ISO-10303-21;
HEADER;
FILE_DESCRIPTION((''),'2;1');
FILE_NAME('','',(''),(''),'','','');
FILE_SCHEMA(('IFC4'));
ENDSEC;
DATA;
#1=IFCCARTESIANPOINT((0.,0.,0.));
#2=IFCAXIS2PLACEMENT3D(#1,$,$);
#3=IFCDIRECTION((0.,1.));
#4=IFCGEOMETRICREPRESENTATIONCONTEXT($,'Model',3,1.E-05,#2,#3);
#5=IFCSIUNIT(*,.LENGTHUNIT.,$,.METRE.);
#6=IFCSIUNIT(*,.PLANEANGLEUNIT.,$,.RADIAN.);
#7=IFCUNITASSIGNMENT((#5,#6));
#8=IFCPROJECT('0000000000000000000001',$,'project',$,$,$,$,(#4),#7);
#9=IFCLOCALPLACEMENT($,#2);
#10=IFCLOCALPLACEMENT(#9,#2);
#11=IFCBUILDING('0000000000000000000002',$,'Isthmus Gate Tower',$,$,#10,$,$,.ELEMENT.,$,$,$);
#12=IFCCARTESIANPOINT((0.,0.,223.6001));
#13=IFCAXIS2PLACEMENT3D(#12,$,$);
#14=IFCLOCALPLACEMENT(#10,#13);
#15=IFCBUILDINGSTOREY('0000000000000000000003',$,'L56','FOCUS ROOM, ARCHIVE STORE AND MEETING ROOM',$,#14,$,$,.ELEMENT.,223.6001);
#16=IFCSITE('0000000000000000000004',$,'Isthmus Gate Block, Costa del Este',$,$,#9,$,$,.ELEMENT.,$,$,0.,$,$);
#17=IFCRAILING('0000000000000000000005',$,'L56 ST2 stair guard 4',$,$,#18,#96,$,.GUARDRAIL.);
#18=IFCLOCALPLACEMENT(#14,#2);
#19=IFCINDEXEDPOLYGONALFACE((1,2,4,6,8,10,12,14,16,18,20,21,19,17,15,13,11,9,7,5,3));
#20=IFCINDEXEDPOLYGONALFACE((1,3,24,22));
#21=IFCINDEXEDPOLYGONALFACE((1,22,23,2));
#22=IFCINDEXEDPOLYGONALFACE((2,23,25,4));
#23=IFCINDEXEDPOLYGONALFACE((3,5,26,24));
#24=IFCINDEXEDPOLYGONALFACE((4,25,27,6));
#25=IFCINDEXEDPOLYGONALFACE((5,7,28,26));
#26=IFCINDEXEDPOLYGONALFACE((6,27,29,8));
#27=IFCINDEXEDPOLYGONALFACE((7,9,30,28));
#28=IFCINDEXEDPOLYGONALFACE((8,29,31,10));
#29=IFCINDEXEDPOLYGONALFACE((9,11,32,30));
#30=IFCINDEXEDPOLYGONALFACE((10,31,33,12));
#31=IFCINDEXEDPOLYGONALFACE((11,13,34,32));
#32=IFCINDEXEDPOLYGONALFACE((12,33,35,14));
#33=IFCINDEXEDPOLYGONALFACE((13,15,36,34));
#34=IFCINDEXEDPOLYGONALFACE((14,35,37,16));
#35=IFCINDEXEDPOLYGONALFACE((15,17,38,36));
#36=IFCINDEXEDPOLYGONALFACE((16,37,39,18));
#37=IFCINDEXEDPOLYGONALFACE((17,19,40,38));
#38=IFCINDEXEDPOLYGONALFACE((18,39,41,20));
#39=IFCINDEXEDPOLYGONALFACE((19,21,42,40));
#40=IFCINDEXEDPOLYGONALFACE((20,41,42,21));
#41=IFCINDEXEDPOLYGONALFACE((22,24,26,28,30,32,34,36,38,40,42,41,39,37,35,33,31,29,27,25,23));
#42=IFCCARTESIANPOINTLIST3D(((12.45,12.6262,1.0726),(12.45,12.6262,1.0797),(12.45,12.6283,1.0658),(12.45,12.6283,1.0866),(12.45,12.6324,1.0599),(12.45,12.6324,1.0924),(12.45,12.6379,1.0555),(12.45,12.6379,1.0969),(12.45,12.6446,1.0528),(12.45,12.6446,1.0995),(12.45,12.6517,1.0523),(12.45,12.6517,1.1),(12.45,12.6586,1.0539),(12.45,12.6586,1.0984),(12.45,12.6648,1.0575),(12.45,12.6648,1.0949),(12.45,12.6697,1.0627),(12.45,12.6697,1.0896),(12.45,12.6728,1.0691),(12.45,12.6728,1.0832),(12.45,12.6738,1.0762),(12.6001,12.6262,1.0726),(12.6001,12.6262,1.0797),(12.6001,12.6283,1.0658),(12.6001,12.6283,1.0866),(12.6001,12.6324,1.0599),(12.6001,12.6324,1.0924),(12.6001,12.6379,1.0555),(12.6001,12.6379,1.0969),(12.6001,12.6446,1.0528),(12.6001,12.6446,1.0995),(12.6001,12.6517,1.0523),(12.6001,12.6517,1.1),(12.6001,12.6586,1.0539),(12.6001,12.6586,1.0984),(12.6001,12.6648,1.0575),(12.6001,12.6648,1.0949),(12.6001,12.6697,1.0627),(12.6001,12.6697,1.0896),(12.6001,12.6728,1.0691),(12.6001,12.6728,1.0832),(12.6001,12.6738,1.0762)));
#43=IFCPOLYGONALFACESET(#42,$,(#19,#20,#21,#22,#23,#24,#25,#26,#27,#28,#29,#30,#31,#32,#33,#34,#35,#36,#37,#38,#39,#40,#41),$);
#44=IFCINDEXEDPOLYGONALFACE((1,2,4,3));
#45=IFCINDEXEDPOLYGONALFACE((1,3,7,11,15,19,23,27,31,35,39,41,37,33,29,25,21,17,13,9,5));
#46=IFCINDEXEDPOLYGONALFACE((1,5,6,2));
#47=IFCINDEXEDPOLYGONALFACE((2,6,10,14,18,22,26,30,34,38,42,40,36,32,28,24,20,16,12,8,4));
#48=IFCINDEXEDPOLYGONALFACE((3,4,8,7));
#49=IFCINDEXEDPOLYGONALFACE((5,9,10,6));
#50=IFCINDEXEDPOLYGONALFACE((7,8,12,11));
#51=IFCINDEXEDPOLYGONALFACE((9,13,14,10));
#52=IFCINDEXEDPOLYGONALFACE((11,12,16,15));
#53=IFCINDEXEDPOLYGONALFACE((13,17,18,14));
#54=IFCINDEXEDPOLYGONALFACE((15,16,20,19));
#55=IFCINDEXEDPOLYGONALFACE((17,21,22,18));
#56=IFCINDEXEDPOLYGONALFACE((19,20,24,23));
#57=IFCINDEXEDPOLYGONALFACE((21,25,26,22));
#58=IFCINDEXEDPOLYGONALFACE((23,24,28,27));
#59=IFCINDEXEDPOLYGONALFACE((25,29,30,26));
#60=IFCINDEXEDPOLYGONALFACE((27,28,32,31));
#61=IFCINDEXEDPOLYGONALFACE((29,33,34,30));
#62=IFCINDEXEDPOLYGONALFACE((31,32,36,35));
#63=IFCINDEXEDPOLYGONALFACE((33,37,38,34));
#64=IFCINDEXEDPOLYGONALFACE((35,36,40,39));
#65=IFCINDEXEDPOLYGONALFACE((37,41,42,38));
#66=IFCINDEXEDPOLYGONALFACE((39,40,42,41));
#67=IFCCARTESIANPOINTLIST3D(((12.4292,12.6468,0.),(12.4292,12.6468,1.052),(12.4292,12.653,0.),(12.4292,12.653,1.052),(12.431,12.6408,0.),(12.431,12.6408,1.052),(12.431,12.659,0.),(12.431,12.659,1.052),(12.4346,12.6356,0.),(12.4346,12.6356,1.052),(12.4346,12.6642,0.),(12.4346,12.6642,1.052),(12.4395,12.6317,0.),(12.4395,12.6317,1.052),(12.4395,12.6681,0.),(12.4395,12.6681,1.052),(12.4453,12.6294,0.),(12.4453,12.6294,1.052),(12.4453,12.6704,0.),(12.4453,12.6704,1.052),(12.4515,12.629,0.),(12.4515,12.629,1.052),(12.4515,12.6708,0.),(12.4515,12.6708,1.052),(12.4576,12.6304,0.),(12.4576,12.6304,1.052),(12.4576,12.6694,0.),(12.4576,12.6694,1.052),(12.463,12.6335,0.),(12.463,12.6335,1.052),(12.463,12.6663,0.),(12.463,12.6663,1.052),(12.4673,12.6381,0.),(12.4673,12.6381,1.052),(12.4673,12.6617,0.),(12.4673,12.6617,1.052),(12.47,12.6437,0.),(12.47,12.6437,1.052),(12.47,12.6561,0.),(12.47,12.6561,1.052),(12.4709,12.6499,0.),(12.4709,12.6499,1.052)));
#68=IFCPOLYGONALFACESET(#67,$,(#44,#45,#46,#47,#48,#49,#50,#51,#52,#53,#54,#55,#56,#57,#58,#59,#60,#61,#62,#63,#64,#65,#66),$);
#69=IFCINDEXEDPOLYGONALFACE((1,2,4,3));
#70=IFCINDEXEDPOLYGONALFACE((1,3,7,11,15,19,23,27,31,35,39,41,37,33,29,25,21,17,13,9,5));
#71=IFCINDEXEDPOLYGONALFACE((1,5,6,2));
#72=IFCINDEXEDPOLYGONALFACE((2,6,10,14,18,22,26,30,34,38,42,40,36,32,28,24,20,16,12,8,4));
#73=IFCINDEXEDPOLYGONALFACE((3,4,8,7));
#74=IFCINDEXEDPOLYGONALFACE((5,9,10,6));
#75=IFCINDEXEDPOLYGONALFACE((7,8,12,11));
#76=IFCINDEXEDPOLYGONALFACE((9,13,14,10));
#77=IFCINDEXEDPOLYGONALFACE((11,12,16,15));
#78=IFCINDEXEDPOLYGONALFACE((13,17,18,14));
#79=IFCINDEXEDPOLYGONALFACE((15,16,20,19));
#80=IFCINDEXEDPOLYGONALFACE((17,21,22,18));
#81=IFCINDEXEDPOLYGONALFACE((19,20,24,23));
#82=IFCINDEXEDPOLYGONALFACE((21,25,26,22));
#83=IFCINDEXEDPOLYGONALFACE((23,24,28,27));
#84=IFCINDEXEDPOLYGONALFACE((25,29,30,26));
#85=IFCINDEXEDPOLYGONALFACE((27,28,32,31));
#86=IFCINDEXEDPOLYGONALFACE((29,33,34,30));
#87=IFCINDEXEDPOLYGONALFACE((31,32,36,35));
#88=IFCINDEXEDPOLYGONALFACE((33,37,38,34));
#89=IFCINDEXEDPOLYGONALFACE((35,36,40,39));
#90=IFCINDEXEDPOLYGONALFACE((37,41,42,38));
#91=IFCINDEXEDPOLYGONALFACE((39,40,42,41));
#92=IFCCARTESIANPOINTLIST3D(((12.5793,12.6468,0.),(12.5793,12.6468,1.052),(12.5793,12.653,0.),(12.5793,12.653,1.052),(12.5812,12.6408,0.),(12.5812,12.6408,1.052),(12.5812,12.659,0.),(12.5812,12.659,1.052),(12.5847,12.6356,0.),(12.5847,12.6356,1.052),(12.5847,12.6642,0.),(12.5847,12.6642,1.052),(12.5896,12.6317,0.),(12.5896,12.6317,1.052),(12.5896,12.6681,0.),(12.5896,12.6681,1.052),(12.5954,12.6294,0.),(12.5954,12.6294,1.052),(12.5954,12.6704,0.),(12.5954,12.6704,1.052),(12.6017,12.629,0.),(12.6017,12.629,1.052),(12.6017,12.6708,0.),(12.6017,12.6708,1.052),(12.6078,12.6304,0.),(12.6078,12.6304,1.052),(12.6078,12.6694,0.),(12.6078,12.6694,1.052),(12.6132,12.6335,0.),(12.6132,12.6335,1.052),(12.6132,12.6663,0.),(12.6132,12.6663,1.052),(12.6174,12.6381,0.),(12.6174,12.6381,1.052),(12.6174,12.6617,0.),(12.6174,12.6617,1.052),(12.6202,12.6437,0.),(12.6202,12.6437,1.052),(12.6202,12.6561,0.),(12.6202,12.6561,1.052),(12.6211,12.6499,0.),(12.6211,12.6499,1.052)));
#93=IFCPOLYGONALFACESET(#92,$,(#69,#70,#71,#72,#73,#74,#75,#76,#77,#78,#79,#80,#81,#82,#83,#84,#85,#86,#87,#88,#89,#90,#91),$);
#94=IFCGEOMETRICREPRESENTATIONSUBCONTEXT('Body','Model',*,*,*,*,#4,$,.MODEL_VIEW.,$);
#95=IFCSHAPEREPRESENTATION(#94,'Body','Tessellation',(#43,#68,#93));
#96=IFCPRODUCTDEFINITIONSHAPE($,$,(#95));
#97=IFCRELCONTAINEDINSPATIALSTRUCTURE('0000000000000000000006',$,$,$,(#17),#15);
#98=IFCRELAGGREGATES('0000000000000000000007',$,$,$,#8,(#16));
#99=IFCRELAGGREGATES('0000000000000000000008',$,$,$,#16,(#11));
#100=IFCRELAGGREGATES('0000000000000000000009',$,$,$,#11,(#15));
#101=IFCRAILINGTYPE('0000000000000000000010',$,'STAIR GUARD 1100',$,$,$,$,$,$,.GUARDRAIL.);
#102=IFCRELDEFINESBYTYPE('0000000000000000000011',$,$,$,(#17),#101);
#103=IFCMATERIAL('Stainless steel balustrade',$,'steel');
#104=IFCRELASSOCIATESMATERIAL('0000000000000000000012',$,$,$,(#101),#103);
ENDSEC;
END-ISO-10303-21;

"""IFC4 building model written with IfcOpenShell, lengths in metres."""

from ifc_helpers import new_model, si_unit, direction, frame, origin, origin_2d, place, context, subcontext, project, spatial, circle, extrude, material, type_object, element, save


model = new_model("IFC4")

# Units and contexts
model_context = context("Model", 3, precision=1e-05, world=origin(), true_north=direction((0.0, 1.0)))
body_context = subcontext(model_context, "Body", "Model", "MODEL_VIEW")
ifc_project = project(units=[si_unit("LENGTHUNIT", "METRE"), si_unit("PLANEANGLEUNIT", "RADIAN")], contexts=[model_context])

# Site, building, storey
site_placement = place(None, origin())
site = spatial("IfcSite", under=ifc_project, at=site_placement, Name="Isthmus Gate Block, Costa del Este", CompositionType="ELEMENT", RefElevation=0.0)
building_placement = place(site_placement, origin())
building = spatial("IfcBuilding", under=site, at=building_placement, Name="Isthmus Gate Tower", CompositionType="ELEMENT")
storey_placement = place(building_placement, frame((0.0, 0.0, 223.6001)))
storey = spatial("IfcBuildingStorey", under=building, at=storey_placement, Name="L56", Description="FOCUS ROOM, ARCHIVE STORE AND MEETING ROOM", CompositionType="ELEMENT", Elevation=223.6001)

# Railing
ifc_material_1 = material(Name="Stainless steel balustrade", Category="steel")
railing_type_1 = type_object("IfcRailingType", Name="STAIR GUARD 1100", PredefinedType="GUARDRAIL", material=ifc_material_1)
railing_1_placement = place(storey_placement, frame((12.45, 12.6499, 0.0)))
element("IfcRailing", 1, at=railing_1_placement, inside=storey, type_object=railing_type_1, Name="L56 ST2 stair guard 4", PredefinedType="GUARDRAIL", context=body_context, shape_type="SweptSolid", body=[
    extrude(circle(Radius=0.0239, at=origin_2d()), frame((0.0, 0.0, 1.0762), z_axis=(1.0, 0.0, 0.0), x_axis=(0.0, 1.0, 0.0)), (0.0, 0.0, 1.0), 0.1501),
    extrude(circle(Radius=0.021, at=origin_2d()), origin(), (0.0, 0.0, 1.0), 1.052),
    extrude(circle(Radius=0.021, at=origin_2d()), frame((0.1501, 0.0, 0.0)), (0.0, 0.0, 1.0), 1.052),
])

save(model, "model.ifc")
